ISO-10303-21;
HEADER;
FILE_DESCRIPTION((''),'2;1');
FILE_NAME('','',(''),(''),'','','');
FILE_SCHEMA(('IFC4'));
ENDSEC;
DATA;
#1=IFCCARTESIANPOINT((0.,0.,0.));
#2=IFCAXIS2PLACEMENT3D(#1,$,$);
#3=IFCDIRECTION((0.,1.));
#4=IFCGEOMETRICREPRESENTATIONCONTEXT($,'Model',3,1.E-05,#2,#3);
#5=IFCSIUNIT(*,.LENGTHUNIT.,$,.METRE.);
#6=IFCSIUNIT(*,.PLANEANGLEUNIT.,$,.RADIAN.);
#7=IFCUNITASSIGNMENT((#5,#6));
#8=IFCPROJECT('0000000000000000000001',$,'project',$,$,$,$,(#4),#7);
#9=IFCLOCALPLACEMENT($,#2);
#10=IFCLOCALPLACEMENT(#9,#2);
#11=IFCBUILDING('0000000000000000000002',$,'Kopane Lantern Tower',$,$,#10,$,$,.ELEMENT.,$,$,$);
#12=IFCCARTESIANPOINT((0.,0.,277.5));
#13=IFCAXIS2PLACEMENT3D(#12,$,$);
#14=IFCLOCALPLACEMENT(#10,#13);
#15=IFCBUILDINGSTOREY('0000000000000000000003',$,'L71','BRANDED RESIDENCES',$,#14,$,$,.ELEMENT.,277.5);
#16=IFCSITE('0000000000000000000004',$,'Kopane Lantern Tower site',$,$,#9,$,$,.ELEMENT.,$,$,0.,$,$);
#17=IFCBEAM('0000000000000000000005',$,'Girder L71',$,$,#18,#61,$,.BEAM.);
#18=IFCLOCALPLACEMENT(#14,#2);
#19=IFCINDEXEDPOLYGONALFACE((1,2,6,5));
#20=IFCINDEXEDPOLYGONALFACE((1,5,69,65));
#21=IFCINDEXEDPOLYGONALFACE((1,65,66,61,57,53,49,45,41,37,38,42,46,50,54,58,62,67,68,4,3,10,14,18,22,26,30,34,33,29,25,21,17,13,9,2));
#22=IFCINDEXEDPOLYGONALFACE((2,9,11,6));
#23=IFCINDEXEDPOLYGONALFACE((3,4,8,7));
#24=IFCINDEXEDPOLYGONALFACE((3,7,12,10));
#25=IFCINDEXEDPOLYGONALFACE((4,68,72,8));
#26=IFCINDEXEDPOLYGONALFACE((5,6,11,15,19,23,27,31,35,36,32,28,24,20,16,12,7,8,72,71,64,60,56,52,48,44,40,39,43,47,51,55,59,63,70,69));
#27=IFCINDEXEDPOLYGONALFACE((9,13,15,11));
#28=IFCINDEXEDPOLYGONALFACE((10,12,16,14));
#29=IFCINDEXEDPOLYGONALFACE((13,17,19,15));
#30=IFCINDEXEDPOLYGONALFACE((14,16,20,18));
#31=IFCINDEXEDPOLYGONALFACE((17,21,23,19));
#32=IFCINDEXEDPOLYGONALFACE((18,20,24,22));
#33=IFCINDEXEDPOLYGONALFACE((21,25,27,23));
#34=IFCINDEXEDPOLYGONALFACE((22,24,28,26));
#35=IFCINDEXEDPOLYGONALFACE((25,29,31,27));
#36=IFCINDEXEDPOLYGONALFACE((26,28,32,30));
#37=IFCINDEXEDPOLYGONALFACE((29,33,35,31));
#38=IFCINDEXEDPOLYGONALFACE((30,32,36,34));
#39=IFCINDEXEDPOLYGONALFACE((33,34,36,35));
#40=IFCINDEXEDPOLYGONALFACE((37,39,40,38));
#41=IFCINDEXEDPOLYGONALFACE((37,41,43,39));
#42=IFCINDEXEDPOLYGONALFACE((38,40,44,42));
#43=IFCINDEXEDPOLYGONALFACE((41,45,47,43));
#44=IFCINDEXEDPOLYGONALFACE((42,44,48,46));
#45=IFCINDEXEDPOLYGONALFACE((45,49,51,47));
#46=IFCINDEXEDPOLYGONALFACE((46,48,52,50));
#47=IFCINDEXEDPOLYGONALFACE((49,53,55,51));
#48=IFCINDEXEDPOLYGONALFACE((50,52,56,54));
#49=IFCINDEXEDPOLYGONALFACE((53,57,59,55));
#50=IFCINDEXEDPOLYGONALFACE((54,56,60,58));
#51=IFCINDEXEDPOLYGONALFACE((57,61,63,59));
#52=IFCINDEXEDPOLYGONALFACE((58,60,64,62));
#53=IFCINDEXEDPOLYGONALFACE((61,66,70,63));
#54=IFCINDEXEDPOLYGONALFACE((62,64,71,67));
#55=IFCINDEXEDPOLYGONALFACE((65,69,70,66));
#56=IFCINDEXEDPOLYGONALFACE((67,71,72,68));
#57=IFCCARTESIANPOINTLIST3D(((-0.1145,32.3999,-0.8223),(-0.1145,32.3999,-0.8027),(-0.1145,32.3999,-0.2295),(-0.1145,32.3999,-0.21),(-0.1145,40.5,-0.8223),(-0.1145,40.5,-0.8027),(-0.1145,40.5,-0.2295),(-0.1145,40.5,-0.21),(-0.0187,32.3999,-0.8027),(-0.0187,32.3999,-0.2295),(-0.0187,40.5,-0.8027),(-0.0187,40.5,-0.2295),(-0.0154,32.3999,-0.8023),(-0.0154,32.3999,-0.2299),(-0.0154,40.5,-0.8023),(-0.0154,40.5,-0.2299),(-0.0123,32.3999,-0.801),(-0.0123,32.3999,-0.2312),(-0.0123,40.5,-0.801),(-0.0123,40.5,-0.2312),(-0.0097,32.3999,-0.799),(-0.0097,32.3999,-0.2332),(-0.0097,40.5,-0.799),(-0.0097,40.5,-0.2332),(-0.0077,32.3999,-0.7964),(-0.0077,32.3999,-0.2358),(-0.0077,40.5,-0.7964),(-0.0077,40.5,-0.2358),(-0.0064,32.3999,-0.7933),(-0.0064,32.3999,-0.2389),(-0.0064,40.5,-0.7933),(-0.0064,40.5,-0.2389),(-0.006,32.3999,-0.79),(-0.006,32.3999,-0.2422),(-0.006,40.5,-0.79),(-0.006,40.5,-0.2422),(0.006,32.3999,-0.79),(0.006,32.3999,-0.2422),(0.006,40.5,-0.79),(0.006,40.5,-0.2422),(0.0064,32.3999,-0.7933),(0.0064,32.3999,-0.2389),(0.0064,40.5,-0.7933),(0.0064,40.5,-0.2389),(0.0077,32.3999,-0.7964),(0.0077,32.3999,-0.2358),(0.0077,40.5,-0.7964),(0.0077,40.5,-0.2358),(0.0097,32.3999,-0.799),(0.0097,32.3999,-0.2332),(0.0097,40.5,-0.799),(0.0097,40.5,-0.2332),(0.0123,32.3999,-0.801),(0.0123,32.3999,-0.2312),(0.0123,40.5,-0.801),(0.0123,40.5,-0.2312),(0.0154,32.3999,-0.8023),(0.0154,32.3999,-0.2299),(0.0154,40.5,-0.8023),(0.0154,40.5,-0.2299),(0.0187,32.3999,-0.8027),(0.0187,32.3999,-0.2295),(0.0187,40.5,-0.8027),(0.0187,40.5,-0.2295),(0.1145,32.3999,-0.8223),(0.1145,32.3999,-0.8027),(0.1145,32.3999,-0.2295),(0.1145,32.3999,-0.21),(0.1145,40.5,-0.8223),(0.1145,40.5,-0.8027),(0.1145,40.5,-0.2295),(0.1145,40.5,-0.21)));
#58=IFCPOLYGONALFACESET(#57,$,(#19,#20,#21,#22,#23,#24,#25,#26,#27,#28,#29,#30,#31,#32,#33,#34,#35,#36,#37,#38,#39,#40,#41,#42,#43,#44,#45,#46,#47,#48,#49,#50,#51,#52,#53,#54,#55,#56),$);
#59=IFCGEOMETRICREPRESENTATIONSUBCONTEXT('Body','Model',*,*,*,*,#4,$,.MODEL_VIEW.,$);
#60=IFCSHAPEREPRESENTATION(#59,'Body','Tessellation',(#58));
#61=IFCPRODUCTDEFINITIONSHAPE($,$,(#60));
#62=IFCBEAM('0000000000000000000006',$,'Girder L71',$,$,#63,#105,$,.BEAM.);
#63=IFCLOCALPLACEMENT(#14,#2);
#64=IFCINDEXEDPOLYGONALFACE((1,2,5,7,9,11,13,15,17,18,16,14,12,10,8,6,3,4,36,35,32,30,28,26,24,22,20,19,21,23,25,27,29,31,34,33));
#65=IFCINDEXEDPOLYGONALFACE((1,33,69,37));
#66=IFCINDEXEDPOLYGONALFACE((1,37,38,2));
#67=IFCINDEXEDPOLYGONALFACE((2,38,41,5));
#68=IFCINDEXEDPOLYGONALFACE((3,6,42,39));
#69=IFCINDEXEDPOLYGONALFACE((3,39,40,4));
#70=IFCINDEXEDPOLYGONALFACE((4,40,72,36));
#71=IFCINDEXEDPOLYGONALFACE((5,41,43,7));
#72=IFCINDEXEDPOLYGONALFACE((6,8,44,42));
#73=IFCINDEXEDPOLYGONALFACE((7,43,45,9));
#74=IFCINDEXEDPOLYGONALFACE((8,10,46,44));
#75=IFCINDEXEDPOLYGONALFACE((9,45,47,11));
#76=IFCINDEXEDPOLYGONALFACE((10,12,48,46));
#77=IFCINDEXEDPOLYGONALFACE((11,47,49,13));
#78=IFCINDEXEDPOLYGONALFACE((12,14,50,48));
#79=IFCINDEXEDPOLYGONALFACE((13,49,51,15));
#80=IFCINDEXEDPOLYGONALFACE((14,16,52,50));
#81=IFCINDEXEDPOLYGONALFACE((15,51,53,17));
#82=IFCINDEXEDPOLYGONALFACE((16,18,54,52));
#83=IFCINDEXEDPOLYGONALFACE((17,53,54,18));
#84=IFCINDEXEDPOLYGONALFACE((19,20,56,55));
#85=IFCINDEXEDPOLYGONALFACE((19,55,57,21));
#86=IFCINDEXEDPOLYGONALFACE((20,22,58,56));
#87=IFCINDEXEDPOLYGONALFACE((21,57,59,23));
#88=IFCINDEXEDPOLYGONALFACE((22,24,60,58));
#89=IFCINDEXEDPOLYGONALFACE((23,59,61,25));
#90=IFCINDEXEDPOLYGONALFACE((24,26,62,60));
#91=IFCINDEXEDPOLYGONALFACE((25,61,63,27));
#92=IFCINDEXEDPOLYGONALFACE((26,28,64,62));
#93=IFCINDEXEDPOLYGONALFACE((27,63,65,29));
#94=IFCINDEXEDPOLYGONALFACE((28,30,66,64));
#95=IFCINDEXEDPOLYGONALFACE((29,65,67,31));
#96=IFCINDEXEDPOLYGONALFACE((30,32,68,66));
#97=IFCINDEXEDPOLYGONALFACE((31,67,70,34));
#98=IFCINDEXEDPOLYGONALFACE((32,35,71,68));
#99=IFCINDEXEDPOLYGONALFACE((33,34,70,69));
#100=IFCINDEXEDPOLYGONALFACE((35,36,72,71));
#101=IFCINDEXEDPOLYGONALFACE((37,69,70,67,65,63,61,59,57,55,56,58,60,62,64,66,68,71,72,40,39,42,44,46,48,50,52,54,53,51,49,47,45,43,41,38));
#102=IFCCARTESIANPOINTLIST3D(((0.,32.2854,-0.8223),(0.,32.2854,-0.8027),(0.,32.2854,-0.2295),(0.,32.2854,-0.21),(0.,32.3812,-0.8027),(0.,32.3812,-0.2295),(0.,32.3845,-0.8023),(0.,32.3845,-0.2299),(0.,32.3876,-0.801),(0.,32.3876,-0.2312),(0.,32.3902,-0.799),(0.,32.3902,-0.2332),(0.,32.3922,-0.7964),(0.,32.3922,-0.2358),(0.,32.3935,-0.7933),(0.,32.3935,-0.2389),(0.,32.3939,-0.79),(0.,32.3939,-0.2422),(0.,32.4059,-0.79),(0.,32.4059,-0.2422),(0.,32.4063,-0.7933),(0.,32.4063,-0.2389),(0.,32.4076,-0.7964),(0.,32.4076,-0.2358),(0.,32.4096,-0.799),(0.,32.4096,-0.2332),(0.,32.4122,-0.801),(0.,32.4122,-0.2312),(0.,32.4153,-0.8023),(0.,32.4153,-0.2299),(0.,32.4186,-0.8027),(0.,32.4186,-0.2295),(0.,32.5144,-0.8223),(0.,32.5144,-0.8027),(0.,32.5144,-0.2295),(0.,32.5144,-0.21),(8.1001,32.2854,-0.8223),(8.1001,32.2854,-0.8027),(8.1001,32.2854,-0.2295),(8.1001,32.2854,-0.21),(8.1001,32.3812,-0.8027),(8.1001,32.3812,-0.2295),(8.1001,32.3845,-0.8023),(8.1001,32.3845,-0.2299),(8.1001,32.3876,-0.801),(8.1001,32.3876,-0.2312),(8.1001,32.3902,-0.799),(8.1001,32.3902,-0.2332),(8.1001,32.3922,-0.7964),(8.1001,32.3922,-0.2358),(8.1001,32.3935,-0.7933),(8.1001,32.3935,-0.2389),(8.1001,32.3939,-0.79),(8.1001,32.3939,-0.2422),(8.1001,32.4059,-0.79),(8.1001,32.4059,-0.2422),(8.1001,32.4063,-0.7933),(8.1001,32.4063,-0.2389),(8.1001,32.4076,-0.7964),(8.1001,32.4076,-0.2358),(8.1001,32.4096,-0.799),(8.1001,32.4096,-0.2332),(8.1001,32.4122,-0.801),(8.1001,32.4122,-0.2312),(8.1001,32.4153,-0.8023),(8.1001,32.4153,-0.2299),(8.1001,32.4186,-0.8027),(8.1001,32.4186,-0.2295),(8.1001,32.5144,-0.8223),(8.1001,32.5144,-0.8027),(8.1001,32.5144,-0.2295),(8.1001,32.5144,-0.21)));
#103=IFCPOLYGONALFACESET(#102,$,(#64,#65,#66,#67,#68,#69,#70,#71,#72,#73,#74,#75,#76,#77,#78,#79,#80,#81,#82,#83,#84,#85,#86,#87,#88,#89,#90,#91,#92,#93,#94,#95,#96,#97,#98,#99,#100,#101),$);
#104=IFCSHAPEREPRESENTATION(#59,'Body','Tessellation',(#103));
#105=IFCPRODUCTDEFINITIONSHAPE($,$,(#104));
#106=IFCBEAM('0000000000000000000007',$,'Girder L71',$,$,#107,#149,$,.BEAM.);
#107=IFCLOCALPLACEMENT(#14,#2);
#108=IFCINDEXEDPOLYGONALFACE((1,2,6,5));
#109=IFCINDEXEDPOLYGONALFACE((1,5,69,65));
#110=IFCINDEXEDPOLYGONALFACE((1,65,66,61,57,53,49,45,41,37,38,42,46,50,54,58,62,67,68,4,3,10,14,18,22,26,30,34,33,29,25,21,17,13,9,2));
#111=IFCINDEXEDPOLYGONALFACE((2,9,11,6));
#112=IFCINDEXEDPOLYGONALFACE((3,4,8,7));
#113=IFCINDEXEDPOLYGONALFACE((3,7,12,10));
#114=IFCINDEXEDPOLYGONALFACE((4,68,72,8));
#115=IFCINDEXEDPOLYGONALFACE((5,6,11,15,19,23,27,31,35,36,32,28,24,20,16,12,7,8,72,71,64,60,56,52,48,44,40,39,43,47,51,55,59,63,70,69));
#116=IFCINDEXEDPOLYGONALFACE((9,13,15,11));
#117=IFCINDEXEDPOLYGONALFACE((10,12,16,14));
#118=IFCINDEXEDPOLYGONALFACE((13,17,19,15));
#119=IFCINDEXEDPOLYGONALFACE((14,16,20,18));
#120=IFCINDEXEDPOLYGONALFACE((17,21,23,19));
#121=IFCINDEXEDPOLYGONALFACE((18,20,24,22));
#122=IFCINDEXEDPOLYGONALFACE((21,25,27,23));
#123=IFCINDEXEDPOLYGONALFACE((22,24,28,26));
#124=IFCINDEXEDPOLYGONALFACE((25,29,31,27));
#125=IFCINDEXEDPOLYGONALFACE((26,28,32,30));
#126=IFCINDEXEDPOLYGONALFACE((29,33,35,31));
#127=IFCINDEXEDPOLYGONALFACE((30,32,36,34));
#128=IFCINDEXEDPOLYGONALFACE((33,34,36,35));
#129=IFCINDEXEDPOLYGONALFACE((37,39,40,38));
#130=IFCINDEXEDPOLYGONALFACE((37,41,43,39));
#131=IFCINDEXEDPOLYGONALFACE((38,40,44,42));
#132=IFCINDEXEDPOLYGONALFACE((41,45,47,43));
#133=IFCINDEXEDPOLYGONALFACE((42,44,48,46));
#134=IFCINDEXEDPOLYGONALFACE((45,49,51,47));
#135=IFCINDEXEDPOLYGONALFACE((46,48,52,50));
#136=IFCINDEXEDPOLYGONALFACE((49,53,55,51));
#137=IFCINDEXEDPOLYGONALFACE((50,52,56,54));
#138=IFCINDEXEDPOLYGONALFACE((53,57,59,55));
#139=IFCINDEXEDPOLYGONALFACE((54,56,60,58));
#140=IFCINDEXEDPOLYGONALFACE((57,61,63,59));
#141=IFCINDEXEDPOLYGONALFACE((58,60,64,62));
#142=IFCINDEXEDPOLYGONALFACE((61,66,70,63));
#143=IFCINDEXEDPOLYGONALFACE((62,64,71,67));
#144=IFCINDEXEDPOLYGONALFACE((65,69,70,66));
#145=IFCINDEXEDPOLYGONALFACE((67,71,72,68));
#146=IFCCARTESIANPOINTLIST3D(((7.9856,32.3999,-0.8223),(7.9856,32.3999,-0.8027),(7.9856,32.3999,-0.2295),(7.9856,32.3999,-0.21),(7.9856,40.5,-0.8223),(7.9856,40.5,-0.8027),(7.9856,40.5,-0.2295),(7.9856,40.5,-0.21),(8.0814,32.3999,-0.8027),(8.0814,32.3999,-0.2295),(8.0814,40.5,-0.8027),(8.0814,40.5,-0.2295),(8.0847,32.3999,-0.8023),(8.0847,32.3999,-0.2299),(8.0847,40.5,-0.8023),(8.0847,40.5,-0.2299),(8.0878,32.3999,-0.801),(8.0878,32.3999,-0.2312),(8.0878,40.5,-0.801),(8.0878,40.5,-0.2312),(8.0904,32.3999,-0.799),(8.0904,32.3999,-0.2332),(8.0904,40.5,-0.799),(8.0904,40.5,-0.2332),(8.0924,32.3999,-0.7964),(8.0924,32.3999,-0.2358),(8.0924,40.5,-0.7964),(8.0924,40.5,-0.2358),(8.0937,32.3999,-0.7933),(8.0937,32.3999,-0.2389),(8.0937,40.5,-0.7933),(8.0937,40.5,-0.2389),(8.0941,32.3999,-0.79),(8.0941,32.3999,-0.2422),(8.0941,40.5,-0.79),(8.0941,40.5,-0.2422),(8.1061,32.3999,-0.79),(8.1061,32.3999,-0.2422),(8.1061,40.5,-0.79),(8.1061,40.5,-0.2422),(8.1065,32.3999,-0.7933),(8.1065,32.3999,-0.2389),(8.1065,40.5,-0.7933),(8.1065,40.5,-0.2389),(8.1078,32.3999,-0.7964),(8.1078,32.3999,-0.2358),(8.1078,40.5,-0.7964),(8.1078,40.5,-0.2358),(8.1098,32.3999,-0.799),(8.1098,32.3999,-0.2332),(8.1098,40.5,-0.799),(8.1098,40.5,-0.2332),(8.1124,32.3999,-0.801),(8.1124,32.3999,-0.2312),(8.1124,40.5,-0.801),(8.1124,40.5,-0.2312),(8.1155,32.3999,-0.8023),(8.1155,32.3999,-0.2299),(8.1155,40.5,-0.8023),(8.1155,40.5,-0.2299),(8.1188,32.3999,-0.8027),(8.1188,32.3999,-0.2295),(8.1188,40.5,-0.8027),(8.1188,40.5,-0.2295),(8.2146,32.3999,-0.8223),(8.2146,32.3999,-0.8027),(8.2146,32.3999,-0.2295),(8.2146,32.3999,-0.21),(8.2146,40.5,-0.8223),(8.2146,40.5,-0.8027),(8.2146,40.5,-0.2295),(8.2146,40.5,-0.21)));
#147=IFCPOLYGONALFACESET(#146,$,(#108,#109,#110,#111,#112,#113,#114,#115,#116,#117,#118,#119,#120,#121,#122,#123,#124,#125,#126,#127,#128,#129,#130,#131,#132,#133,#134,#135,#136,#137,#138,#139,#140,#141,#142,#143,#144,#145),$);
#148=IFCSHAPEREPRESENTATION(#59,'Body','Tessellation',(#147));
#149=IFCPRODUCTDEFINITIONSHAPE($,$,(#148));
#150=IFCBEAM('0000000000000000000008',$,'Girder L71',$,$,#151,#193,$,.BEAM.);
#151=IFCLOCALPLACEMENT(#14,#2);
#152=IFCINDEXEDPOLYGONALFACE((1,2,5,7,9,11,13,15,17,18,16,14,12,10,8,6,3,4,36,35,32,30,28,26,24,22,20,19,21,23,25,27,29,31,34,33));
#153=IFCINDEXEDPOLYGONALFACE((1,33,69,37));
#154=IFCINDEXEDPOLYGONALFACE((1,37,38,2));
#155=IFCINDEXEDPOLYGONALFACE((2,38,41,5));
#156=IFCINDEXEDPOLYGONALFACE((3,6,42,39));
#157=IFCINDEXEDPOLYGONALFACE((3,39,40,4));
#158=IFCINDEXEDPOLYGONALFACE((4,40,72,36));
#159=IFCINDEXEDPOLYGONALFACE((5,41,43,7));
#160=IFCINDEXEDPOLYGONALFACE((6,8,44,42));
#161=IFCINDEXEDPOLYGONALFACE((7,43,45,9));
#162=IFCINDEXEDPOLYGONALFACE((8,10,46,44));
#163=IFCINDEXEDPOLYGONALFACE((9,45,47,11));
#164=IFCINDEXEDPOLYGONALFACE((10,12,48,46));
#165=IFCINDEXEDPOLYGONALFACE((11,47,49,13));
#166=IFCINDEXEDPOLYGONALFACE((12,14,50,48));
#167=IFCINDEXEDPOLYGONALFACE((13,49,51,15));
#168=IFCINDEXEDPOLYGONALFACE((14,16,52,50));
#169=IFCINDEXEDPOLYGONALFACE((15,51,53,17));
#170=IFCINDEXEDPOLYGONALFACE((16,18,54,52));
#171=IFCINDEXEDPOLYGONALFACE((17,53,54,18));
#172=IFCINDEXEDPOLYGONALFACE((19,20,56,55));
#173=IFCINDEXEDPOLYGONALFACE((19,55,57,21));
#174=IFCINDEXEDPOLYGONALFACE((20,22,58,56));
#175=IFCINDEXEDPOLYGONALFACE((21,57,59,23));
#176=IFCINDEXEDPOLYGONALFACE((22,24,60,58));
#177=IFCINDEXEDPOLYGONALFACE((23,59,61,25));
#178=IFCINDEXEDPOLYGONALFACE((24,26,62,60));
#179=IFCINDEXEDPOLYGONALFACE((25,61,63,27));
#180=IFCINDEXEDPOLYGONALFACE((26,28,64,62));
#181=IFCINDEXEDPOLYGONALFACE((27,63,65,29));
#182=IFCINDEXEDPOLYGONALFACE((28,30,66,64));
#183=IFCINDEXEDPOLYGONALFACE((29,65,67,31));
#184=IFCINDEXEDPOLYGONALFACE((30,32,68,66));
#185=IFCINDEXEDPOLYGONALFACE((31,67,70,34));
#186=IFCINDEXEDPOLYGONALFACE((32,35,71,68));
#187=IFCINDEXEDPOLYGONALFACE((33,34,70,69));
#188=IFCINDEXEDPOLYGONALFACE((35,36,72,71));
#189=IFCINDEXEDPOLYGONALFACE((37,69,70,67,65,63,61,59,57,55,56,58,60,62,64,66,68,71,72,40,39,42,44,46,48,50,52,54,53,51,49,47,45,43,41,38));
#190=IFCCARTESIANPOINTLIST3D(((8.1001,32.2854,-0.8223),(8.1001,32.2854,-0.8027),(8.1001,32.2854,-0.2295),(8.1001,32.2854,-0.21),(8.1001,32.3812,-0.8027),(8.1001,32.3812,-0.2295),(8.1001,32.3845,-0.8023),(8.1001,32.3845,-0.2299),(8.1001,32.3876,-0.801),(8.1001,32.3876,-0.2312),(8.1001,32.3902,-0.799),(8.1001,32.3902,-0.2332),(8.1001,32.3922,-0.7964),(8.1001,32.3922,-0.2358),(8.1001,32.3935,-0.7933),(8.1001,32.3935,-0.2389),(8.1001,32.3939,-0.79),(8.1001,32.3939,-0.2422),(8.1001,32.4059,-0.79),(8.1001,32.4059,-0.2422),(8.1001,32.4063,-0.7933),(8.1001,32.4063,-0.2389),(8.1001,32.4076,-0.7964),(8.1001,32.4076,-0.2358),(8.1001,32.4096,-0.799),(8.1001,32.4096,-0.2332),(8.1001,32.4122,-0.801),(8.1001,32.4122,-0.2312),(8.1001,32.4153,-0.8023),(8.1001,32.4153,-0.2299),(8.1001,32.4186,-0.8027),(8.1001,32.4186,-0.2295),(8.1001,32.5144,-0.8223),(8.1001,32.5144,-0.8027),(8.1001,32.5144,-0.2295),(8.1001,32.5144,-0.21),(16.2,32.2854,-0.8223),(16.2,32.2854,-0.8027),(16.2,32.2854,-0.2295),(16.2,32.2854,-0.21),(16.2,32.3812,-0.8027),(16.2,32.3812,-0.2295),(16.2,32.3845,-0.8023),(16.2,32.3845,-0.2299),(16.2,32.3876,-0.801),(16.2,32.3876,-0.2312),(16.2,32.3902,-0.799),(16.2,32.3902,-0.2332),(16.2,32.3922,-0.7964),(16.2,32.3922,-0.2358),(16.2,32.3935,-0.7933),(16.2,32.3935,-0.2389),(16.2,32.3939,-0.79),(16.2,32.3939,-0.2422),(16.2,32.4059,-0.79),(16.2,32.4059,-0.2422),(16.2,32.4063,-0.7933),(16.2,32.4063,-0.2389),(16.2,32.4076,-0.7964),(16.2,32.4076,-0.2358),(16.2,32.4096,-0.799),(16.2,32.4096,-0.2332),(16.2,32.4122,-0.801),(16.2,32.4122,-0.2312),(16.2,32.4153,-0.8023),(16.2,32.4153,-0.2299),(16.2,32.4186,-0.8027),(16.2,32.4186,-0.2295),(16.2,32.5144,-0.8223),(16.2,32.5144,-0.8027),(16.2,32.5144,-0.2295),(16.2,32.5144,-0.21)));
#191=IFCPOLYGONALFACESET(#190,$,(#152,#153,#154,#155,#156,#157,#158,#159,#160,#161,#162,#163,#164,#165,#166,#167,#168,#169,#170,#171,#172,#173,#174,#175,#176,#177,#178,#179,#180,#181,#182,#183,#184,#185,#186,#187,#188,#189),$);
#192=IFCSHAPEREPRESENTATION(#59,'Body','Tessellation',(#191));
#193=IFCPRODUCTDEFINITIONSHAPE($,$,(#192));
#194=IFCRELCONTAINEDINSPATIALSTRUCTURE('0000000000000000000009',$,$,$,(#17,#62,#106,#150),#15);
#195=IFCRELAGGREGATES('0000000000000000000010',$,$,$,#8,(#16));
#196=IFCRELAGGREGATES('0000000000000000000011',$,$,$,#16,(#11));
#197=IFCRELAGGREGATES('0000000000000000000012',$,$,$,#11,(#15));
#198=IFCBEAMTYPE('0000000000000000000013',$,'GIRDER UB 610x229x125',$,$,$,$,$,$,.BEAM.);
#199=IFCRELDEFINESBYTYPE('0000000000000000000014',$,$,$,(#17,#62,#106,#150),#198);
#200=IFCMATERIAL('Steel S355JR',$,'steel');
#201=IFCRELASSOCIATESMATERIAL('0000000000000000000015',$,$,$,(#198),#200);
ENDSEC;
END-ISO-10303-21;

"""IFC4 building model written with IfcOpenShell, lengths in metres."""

from ifc_helpers import new_model, si_unit, direction, frame, origin, origin_2d, place, context, subcontext, project, spatial, i_section, extrude, material, material_profile, profile_set, type_object, element, save


model = new_model("IFC4")

# Units and contexts
model_context = context("Model", 3, precision=1e-05, world=origin(), true_north=direction((0.0, 1.0)))
body_context = subcontext(model_context, "Body", "Model", "MODEL_VIEW")
ifc_project = project(units=[si_unit("LENGTHUNIT", "METRE"), si_unit("PLANEANGLEUNIT", "RADIAN")], contexts=[model_context])

# Site, building, storey
site_placement = place(None, origin())
site = spatial("IfcSite", under=ifc_project, at=site_placement, Name="Kopane Lantern Tower site", CompositionType="ELEMENT", RefElevation=0.0)
building_placement = place(site_placement, origin())
building = spatial("IfcBuilding", under=site, at=building_placement, Name="Kopane Lantern Tower", CompositionType="ELEMENT")
storey_placement = place(building_placement, frame((0.0, 0.0, 277.5)))
storey = spatial("IfcBuildingStorey", under=building, at=storey_placement, Name="L71", Description="BRANDED RESIDENCES", CompositionType="ELEMENT", Elevation=277.5)

# Beams
ifc_material_1 = material(Name="Steel S355JR", Category="steel")
ifc_material_profile_1 = material_profile(ifc_material_1, i_section(OverallWidth=0.229, OverallDepth=0.6123, WebThickness=0.012, FlangeThickness=0.0195, FilletRadius=0.0127, at=origin_2d()), Name="UB 610x229x125")
ifc_profile_set_1 = profile_set([ifc_material_profile_1], Name="Steel S355JR")
beam_type = type_object("IfcBeamType", Name="GIRDER UB 610x229x125", PredefinedType="BEAM", material=ifc_profile_set_1)
for number, where, z_axis, x_axis, name in (
    (1, (0.0, 32.3999, -0.5161), (0.0, 1.0, 0.0), (-1.0, 0.0, 0.0), "Girder L71"),
    (2, (0.0, 32.3999, -0.5161), (1.0, 0.0, 0.0), (0.0, 1.0, 0.0), "Girder L71"),
    (3, (8.1001, 32.3999, -0.5161), (0.0, 1.0, 0.0), (-1.0, 0.0, 0.0), "Girder L71"),
):
    element("IfcBeam", number, at=place(storey_placement, frame(where, z_axis=z_axis, x_axis=x_axis)), inside=storey, type_object=beam_type, Name=name, PredefinedType="BEAM", context=body_context, shape_type="SweptSolid", body=[
        extrude(i_section(OverallWidth=0.229, OverallDepth=0.6123, WebThickness=0.012, FlangeThickness=0.0195, FilletRadius=0.0127, at=origin_2d()), origin(), (0.0, 0.0, 1.0), 8.1001),
    ])
for number, where, z_axis, x_axis, name in (
    (4, (8.1001, 32.3999, -0.5161), (1.0, 0.0, 0.0), (0.0, 1.0, 0.0), "Girder L71"),
):
    element("IfcBeam", number, at=place(storey_placement, frame(where, z_axis=z_axis, x_axis=x_axis)), inside=storey, type_object=beam_type, Name=name, PredefinedType="BEAM", context=body_context, shape_type="SweptSolid", body=[
        extrude(i_section(OverallWidth=0.229, OverallDepth=0.6123, WebThickness=0.012, FlangeThickness=0.0195, FilletRadius=0.0127, at=origin_2d()), origin(), (0.0, 0.0, 1.0), 8.0999),
    ])

save(model, "model.ifc")
